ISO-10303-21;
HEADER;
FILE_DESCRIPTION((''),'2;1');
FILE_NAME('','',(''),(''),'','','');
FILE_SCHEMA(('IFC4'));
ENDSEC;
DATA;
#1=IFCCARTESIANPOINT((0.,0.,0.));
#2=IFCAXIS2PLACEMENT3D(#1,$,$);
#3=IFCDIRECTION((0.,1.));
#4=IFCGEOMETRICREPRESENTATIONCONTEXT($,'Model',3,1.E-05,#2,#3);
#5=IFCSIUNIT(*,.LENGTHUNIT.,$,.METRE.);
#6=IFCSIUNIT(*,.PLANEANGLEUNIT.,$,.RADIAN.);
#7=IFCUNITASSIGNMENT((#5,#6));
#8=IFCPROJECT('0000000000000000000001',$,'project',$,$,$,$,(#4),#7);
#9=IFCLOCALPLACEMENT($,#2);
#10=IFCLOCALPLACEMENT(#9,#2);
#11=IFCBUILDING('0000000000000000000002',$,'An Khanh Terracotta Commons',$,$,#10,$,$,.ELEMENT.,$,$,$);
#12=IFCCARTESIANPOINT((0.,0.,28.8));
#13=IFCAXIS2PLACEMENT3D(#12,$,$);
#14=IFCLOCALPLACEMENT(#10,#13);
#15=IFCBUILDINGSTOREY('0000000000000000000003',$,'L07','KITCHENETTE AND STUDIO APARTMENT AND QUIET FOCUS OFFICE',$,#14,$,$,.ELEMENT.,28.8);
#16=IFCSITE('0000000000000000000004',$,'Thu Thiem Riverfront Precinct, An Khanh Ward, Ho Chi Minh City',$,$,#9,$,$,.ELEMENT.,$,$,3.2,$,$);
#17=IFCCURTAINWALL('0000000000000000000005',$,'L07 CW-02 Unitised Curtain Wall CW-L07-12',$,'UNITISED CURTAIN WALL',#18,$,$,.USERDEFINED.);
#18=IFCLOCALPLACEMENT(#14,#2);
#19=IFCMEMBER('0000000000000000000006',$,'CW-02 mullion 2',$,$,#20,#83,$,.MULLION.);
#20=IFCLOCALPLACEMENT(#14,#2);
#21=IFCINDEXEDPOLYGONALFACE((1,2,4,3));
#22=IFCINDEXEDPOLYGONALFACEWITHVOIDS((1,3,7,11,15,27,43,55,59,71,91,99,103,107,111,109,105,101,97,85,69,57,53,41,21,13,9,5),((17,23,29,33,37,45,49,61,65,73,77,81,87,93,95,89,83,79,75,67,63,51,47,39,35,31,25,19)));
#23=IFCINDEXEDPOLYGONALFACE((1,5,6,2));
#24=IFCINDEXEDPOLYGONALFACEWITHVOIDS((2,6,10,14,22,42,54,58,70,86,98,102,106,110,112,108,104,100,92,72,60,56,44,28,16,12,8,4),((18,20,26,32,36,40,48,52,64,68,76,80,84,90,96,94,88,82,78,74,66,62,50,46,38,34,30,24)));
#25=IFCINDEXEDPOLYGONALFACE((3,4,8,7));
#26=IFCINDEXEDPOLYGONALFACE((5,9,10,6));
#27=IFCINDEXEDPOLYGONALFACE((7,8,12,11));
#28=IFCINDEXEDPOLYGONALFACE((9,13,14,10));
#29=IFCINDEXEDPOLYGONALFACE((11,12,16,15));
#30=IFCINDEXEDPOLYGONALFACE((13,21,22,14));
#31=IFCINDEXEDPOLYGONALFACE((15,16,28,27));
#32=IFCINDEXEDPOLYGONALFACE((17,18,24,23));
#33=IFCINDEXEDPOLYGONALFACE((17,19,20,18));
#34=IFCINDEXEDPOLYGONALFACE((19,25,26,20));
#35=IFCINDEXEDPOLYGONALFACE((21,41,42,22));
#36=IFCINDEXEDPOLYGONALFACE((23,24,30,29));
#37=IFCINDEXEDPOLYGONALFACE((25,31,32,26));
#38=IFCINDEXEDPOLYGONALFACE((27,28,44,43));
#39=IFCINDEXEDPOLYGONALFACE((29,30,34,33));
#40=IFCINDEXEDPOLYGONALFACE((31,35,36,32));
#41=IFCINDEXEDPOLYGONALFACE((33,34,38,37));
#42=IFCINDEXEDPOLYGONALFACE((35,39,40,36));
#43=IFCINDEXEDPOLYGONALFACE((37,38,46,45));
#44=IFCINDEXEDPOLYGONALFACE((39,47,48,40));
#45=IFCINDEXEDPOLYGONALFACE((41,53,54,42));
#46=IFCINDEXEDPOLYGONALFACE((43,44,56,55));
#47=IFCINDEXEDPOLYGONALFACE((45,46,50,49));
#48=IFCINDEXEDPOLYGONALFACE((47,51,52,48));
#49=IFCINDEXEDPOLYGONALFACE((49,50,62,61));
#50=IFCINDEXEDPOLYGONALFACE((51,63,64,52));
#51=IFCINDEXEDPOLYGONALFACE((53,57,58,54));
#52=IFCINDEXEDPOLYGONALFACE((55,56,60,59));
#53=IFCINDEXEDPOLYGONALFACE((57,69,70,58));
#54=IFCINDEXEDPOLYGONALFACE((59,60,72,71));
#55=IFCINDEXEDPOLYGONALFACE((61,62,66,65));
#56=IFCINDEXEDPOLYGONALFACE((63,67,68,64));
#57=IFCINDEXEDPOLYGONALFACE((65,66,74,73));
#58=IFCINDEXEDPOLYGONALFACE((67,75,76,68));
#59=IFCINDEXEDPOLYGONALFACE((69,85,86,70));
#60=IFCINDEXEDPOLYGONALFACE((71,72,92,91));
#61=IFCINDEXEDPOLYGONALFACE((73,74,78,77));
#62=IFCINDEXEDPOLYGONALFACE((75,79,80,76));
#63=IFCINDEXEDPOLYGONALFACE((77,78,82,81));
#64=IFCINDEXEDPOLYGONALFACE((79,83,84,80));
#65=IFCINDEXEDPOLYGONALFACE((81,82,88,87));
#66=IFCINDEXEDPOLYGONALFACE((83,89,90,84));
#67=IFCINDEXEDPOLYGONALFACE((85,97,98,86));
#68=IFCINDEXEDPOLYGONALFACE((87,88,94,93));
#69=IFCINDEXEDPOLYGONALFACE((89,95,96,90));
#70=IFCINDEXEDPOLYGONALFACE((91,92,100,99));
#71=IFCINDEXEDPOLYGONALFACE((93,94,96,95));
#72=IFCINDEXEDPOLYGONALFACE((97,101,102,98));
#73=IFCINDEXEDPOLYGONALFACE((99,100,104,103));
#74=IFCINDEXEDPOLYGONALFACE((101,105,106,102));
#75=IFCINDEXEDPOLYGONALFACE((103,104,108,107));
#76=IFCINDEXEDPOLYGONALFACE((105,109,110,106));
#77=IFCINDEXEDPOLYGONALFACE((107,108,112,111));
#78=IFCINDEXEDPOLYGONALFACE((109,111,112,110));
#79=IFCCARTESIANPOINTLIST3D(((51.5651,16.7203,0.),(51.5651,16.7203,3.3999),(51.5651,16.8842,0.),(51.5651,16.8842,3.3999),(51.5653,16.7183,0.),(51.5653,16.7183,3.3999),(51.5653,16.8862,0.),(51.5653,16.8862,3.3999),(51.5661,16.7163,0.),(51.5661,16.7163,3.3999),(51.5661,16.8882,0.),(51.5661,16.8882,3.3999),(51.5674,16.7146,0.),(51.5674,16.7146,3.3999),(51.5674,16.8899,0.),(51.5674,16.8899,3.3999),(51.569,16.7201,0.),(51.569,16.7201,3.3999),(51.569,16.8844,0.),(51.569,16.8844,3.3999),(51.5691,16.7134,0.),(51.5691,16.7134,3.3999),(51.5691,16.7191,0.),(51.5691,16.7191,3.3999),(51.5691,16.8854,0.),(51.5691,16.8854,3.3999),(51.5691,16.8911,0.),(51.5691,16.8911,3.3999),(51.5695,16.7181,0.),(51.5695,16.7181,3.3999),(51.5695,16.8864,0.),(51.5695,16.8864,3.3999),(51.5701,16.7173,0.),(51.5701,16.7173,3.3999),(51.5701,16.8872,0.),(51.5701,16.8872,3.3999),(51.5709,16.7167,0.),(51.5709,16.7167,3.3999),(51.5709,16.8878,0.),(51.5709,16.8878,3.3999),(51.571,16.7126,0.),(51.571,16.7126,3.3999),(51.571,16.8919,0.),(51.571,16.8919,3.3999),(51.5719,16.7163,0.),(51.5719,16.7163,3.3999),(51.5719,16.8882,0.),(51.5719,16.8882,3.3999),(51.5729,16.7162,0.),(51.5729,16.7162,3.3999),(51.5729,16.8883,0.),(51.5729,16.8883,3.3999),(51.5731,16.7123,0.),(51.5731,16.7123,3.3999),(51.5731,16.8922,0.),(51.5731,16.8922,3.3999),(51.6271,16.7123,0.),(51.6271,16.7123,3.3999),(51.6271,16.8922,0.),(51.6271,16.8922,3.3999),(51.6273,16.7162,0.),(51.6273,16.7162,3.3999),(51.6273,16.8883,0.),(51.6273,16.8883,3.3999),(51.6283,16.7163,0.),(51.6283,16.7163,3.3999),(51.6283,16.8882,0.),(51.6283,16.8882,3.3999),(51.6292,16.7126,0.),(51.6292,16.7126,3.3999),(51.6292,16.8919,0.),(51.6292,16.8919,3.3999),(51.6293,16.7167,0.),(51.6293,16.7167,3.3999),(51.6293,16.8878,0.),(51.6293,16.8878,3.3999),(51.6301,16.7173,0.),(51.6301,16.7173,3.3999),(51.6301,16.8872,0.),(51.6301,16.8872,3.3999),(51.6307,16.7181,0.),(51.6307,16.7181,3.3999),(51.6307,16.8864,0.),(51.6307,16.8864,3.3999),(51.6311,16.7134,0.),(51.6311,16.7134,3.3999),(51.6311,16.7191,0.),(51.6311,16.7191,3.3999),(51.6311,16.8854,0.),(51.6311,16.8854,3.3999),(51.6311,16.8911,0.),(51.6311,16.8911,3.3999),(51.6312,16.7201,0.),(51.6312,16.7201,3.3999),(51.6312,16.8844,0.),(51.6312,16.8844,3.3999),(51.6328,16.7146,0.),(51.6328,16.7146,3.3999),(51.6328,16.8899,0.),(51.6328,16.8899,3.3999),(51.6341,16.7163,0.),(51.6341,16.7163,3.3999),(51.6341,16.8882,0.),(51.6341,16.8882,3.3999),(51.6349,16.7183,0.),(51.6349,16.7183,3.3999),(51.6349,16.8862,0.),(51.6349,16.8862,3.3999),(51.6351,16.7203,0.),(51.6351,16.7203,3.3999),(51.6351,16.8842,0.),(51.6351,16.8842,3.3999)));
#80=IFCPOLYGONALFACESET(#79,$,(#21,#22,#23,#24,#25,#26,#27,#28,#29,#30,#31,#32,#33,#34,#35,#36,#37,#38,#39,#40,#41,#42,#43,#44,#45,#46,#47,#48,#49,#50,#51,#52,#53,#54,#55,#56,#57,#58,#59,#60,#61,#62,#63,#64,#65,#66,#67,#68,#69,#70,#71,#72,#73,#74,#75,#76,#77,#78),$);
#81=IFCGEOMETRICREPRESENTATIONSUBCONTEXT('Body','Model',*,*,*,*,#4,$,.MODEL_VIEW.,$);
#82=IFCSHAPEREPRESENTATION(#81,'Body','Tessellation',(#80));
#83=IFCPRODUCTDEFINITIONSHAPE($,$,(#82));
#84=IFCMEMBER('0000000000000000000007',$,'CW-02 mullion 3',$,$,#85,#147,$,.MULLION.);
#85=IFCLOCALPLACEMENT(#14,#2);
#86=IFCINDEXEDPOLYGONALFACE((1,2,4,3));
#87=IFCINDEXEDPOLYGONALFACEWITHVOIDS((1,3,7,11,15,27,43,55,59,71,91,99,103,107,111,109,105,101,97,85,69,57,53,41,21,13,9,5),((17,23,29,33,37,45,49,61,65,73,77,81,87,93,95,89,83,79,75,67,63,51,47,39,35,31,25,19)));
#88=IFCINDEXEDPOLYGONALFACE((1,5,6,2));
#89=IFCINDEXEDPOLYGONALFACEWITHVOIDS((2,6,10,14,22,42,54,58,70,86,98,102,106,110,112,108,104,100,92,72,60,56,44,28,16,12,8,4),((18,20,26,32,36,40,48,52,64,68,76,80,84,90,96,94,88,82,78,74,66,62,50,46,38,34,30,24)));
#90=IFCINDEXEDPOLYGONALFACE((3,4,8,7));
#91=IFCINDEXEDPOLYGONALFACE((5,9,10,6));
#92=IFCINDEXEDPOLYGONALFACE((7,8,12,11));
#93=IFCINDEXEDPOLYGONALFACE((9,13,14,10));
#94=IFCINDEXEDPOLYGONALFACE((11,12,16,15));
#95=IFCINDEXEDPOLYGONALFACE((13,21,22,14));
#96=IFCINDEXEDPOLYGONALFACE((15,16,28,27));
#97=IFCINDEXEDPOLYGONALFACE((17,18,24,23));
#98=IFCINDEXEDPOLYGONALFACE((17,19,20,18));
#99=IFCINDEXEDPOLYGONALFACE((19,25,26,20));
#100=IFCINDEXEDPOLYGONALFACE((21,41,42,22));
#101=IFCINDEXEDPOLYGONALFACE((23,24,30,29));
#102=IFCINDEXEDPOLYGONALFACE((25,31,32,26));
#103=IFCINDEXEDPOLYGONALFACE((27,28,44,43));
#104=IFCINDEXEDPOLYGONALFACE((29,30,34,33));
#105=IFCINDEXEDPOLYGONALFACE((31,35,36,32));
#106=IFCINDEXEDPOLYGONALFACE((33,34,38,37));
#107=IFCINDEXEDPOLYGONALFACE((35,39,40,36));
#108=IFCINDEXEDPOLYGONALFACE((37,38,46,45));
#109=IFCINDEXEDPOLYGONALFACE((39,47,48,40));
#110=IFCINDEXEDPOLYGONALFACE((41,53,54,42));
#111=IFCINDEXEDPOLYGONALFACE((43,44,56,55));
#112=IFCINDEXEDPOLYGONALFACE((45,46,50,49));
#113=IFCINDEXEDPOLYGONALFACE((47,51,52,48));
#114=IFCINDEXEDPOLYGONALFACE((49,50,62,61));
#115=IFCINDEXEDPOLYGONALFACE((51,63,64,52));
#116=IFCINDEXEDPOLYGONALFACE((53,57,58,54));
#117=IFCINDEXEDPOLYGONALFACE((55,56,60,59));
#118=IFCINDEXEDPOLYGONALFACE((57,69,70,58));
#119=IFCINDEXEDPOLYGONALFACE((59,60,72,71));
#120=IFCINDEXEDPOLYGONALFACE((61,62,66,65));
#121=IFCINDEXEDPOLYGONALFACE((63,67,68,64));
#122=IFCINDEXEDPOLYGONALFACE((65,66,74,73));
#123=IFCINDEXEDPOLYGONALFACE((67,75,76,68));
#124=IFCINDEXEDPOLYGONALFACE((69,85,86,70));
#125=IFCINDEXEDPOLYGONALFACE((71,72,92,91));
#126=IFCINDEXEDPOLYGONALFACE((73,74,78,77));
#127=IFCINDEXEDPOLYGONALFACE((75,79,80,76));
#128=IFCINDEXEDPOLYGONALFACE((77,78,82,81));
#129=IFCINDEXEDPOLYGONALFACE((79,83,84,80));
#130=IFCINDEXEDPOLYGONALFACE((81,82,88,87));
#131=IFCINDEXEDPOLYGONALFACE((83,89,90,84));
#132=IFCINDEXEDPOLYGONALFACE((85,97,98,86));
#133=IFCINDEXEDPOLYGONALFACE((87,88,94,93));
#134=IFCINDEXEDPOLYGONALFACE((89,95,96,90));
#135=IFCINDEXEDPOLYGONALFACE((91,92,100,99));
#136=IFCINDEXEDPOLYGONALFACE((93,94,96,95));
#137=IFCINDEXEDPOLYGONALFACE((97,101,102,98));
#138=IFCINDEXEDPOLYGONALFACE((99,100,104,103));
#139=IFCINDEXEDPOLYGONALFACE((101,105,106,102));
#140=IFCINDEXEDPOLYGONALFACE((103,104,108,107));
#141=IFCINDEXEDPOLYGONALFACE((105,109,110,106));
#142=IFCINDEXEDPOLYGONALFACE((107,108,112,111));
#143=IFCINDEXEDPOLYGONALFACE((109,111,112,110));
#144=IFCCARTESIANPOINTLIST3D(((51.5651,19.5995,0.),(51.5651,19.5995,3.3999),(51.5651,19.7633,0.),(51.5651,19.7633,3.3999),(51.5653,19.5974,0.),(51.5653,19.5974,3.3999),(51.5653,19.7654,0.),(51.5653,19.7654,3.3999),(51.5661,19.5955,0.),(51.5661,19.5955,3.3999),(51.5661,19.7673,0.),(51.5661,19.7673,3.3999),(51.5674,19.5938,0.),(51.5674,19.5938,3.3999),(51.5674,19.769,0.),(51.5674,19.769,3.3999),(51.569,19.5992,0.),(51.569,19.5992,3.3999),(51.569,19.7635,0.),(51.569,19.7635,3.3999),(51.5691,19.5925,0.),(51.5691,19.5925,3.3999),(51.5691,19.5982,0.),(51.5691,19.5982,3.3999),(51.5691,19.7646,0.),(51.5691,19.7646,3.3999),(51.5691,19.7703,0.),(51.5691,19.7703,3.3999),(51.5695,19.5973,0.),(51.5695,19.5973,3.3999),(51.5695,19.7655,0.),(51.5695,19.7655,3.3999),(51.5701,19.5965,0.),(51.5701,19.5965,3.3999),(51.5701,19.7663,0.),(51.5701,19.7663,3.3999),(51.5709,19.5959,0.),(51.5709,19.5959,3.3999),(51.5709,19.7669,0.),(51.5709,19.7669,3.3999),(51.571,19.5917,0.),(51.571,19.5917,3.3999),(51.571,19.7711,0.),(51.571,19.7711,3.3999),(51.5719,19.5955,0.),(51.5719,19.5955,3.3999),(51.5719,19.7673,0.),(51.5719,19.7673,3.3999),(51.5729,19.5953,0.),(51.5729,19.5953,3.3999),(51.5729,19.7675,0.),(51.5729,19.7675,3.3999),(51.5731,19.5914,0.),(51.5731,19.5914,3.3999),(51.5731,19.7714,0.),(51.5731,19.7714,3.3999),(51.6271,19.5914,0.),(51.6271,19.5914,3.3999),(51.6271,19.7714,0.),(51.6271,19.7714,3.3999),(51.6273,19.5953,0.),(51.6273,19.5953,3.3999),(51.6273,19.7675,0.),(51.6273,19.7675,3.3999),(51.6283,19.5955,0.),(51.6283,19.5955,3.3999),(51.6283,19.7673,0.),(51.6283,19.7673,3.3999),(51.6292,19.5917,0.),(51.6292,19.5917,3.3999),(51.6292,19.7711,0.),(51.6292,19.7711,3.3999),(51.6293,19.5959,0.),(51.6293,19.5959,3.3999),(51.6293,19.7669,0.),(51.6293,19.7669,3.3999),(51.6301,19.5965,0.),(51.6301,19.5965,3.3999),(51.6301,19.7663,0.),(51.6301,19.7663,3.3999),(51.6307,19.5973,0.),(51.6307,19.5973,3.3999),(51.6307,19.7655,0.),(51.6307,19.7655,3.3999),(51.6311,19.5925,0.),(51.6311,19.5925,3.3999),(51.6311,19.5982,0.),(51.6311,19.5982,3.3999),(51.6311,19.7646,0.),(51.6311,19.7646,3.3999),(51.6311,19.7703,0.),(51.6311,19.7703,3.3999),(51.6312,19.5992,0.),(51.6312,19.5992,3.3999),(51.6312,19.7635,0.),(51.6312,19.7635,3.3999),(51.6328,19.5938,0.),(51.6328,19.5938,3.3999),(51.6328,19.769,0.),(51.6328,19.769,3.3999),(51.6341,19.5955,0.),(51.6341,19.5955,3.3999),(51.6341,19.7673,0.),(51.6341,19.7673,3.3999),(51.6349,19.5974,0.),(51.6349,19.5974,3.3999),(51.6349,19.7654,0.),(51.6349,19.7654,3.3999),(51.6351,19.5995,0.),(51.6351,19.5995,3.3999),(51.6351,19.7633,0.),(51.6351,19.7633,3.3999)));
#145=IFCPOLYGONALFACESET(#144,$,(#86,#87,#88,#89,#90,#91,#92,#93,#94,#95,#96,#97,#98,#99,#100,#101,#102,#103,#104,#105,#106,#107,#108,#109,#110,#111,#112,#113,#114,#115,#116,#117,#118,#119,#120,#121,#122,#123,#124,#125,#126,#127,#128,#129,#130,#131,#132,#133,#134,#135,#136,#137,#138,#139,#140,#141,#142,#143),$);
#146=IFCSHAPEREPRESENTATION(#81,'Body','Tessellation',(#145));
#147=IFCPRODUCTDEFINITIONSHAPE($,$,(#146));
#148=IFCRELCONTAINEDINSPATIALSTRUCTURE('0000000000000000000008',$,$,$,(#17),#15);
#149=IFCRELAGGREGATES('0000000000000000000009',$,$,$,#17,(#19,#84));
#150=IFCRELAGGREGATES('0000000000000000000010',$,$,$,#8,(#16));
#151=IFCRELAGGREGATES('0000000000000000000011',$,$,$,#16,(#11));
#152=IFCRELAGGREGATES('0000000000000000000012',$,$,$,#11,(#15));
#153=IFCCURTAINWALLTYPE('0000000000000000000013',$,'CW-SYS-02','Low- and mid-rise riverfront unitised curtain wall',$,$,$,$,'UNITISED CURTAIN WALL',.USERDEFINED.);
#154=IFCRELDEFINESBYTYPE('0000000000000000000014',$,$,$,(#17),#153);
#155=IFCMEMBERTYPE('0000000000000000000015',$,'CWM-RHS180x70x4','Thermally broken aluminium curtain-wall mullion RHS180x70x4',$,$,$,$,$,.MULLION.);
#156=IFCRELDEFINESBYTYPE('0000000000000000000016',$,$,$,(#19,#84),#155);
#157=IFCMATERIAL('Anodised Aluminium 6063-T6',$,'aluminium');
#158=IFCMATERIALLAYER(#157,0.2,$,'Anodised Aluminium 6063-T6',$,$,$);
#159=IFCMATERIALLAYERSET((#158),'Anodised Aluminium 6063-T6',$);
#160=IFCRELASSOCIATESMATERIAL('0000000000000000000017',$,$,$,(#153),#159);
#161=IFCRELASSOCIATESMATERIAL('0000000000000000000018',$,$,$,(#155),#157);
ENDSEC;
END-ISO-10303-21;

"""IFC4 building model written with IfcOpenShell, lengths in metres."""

from ifc_helpers import new_model, si_unit, direction, frame, origin, origin_2d, place, context, subcontext, project, spatial, hollow_rectangle, extrude, material, layer, layer_set, material_profile, profile_set, type_object, element, aggregate, save


model = new_model("IFC4")

# Units and contexts
model_context = context("Model", 3, precision=1e-05, world=origin(), true_north=direction((0.0, 1.0)))
body_context = subcontext(model_context, "Body", "Model", "MODEL_VIEW")
ifc_project = project(units=[si_unit("LENGTHUNIT", "METRE"), si_unit("PLANEANGLEUNIT", "RADIAN")], contexts=[model_context])

# Site, building, storey
site_placement = place(None, origin())
site = spatial("IfcSite", under=ifc_project, at=site_placement, Name="Thu Thiem Riverfront Precinct, An Khanh Ward, Ho Chi Minh City", CompositionType="ELEMENT", RefElevation=3.2)
building_placement = place(site_placement, origin())
building = spatial("IfcBuilding", under=site, at=building_placement, Name="An Khanh Terracotta Commons", CompositionType="ELEMENT")
storey_placement = place(building_placement, frame((0.0, 0.0, 28.8)))
storey = spatial("IfcBuildingStorey", under=building, at=storey_placement, Name="L07", Description="KITCHENETTE AND STUDIO APARTMENT AND QUIET FOCUS OFFICE", CompositionType="ELEMENT", Elevation=28.8)

# Curtain wall, members
ifc_material_1 = material(Name="Anodised Aluminium 6063-T6", Category="aluminium")
ifc_layer_1 = layer(ifc_material_1, 0.2, Name="Anodised Aluminium 6063-T6")
ifc_layer_set_1 = layer_set([ifc_layer_1], Name="Anodised Aluminium 6063-T6")
curtain_wall_type = type_object("IfcCurtainWallType", Name="CW-SYS-02", Description="Low- and mid-rise riverfront unitised curtain wall", ElementType="UNITISED CURTAIN WALL", PredefinedType="USERDEFINED", material=ifc_layer_set_1)
curtain_wall_placement = place(storey_placement, origin())
curtain_wall = element("IfcCurtainWall", 1, at=curtain_wall_placement, inside=storey, type_object=curtain_wall_type, Name="L07 CW-02 Unitised Curtain Wall CW-L07-12", ObjectType="UNITISED CURTAIN WALL", PredefinedType="USERDEFINED")
ifc_material_profile_1 = material_profile(ifc_material_1, hollow_rectangle(XDim=0.0701, YDim=0.1799, WallThickness=0.0039, InnerFilletRadius=0.0039, OuterFilletRadius=0.0081, at=origin_2d()), Name="RHS180x70x4")
ifc_profile_set_1 = profile_set([ifc_material_profile_1], Name="Anodised Aluminium 6063-T6")
member_type_1 = type_object("IfcMemberType", Name="CWM-RHS180x70x4", Description="Thermally broken aluminium curtain-wall mullion RHS180x70x4", PredefinedType="MULLION", material=ifc_profile_set_1)
member_1_placement = place(storey_placement, frame((51.6001, 16.8022, 0.0), z_axis=(0.0, 0.0, 1.0), x_axis=(-1.0, 0.0, 0.0)))
member_1 = element("IfcMember", 2, at=member_1_placement, type_object=member_type_1, Name="CW-02 mullion 2", PredefinedType="MULLION", context=body_context, shape_type="SweptSolid", body=[
    extrude(hollow_rectangle(XDim=0.0701, YDim=0.1799, WallThickness=0.0039, InnerFilletRadius=0.0039, OuterFilletRadius=0.0081, at=origin_2d()), origin(), (0.0, 0.0, 1.0), 3.3999),
])
member_2_placement = place(storey_placement, frame((51.6001, 19.6814, 0.0), z_axis=(0.0, 0.0, 1.0), x_axis=(-1.0, 0.0, 0.0)))
member_2 = element("IfcMember", 3, at=member_2_placement, type_object=member_type_1, Name="CW-02 mullion 3", PredefinedType="MULLION", context=body_context, shape_type="SweptSolid", body=[
    extrude(hollow_rectangle(XDim=0.0701, YDim=0.1799, WallThickness=0.0039, InnerFilletRadius=0.0039, OuterFilletRadius=0.0081, at=origin_2d()), origin(), (0.0, 0.0, 1.0), 3.3999),
])
aggregate(curtain_wall, [member_1, member_2])

save(model, "model.ifc")
